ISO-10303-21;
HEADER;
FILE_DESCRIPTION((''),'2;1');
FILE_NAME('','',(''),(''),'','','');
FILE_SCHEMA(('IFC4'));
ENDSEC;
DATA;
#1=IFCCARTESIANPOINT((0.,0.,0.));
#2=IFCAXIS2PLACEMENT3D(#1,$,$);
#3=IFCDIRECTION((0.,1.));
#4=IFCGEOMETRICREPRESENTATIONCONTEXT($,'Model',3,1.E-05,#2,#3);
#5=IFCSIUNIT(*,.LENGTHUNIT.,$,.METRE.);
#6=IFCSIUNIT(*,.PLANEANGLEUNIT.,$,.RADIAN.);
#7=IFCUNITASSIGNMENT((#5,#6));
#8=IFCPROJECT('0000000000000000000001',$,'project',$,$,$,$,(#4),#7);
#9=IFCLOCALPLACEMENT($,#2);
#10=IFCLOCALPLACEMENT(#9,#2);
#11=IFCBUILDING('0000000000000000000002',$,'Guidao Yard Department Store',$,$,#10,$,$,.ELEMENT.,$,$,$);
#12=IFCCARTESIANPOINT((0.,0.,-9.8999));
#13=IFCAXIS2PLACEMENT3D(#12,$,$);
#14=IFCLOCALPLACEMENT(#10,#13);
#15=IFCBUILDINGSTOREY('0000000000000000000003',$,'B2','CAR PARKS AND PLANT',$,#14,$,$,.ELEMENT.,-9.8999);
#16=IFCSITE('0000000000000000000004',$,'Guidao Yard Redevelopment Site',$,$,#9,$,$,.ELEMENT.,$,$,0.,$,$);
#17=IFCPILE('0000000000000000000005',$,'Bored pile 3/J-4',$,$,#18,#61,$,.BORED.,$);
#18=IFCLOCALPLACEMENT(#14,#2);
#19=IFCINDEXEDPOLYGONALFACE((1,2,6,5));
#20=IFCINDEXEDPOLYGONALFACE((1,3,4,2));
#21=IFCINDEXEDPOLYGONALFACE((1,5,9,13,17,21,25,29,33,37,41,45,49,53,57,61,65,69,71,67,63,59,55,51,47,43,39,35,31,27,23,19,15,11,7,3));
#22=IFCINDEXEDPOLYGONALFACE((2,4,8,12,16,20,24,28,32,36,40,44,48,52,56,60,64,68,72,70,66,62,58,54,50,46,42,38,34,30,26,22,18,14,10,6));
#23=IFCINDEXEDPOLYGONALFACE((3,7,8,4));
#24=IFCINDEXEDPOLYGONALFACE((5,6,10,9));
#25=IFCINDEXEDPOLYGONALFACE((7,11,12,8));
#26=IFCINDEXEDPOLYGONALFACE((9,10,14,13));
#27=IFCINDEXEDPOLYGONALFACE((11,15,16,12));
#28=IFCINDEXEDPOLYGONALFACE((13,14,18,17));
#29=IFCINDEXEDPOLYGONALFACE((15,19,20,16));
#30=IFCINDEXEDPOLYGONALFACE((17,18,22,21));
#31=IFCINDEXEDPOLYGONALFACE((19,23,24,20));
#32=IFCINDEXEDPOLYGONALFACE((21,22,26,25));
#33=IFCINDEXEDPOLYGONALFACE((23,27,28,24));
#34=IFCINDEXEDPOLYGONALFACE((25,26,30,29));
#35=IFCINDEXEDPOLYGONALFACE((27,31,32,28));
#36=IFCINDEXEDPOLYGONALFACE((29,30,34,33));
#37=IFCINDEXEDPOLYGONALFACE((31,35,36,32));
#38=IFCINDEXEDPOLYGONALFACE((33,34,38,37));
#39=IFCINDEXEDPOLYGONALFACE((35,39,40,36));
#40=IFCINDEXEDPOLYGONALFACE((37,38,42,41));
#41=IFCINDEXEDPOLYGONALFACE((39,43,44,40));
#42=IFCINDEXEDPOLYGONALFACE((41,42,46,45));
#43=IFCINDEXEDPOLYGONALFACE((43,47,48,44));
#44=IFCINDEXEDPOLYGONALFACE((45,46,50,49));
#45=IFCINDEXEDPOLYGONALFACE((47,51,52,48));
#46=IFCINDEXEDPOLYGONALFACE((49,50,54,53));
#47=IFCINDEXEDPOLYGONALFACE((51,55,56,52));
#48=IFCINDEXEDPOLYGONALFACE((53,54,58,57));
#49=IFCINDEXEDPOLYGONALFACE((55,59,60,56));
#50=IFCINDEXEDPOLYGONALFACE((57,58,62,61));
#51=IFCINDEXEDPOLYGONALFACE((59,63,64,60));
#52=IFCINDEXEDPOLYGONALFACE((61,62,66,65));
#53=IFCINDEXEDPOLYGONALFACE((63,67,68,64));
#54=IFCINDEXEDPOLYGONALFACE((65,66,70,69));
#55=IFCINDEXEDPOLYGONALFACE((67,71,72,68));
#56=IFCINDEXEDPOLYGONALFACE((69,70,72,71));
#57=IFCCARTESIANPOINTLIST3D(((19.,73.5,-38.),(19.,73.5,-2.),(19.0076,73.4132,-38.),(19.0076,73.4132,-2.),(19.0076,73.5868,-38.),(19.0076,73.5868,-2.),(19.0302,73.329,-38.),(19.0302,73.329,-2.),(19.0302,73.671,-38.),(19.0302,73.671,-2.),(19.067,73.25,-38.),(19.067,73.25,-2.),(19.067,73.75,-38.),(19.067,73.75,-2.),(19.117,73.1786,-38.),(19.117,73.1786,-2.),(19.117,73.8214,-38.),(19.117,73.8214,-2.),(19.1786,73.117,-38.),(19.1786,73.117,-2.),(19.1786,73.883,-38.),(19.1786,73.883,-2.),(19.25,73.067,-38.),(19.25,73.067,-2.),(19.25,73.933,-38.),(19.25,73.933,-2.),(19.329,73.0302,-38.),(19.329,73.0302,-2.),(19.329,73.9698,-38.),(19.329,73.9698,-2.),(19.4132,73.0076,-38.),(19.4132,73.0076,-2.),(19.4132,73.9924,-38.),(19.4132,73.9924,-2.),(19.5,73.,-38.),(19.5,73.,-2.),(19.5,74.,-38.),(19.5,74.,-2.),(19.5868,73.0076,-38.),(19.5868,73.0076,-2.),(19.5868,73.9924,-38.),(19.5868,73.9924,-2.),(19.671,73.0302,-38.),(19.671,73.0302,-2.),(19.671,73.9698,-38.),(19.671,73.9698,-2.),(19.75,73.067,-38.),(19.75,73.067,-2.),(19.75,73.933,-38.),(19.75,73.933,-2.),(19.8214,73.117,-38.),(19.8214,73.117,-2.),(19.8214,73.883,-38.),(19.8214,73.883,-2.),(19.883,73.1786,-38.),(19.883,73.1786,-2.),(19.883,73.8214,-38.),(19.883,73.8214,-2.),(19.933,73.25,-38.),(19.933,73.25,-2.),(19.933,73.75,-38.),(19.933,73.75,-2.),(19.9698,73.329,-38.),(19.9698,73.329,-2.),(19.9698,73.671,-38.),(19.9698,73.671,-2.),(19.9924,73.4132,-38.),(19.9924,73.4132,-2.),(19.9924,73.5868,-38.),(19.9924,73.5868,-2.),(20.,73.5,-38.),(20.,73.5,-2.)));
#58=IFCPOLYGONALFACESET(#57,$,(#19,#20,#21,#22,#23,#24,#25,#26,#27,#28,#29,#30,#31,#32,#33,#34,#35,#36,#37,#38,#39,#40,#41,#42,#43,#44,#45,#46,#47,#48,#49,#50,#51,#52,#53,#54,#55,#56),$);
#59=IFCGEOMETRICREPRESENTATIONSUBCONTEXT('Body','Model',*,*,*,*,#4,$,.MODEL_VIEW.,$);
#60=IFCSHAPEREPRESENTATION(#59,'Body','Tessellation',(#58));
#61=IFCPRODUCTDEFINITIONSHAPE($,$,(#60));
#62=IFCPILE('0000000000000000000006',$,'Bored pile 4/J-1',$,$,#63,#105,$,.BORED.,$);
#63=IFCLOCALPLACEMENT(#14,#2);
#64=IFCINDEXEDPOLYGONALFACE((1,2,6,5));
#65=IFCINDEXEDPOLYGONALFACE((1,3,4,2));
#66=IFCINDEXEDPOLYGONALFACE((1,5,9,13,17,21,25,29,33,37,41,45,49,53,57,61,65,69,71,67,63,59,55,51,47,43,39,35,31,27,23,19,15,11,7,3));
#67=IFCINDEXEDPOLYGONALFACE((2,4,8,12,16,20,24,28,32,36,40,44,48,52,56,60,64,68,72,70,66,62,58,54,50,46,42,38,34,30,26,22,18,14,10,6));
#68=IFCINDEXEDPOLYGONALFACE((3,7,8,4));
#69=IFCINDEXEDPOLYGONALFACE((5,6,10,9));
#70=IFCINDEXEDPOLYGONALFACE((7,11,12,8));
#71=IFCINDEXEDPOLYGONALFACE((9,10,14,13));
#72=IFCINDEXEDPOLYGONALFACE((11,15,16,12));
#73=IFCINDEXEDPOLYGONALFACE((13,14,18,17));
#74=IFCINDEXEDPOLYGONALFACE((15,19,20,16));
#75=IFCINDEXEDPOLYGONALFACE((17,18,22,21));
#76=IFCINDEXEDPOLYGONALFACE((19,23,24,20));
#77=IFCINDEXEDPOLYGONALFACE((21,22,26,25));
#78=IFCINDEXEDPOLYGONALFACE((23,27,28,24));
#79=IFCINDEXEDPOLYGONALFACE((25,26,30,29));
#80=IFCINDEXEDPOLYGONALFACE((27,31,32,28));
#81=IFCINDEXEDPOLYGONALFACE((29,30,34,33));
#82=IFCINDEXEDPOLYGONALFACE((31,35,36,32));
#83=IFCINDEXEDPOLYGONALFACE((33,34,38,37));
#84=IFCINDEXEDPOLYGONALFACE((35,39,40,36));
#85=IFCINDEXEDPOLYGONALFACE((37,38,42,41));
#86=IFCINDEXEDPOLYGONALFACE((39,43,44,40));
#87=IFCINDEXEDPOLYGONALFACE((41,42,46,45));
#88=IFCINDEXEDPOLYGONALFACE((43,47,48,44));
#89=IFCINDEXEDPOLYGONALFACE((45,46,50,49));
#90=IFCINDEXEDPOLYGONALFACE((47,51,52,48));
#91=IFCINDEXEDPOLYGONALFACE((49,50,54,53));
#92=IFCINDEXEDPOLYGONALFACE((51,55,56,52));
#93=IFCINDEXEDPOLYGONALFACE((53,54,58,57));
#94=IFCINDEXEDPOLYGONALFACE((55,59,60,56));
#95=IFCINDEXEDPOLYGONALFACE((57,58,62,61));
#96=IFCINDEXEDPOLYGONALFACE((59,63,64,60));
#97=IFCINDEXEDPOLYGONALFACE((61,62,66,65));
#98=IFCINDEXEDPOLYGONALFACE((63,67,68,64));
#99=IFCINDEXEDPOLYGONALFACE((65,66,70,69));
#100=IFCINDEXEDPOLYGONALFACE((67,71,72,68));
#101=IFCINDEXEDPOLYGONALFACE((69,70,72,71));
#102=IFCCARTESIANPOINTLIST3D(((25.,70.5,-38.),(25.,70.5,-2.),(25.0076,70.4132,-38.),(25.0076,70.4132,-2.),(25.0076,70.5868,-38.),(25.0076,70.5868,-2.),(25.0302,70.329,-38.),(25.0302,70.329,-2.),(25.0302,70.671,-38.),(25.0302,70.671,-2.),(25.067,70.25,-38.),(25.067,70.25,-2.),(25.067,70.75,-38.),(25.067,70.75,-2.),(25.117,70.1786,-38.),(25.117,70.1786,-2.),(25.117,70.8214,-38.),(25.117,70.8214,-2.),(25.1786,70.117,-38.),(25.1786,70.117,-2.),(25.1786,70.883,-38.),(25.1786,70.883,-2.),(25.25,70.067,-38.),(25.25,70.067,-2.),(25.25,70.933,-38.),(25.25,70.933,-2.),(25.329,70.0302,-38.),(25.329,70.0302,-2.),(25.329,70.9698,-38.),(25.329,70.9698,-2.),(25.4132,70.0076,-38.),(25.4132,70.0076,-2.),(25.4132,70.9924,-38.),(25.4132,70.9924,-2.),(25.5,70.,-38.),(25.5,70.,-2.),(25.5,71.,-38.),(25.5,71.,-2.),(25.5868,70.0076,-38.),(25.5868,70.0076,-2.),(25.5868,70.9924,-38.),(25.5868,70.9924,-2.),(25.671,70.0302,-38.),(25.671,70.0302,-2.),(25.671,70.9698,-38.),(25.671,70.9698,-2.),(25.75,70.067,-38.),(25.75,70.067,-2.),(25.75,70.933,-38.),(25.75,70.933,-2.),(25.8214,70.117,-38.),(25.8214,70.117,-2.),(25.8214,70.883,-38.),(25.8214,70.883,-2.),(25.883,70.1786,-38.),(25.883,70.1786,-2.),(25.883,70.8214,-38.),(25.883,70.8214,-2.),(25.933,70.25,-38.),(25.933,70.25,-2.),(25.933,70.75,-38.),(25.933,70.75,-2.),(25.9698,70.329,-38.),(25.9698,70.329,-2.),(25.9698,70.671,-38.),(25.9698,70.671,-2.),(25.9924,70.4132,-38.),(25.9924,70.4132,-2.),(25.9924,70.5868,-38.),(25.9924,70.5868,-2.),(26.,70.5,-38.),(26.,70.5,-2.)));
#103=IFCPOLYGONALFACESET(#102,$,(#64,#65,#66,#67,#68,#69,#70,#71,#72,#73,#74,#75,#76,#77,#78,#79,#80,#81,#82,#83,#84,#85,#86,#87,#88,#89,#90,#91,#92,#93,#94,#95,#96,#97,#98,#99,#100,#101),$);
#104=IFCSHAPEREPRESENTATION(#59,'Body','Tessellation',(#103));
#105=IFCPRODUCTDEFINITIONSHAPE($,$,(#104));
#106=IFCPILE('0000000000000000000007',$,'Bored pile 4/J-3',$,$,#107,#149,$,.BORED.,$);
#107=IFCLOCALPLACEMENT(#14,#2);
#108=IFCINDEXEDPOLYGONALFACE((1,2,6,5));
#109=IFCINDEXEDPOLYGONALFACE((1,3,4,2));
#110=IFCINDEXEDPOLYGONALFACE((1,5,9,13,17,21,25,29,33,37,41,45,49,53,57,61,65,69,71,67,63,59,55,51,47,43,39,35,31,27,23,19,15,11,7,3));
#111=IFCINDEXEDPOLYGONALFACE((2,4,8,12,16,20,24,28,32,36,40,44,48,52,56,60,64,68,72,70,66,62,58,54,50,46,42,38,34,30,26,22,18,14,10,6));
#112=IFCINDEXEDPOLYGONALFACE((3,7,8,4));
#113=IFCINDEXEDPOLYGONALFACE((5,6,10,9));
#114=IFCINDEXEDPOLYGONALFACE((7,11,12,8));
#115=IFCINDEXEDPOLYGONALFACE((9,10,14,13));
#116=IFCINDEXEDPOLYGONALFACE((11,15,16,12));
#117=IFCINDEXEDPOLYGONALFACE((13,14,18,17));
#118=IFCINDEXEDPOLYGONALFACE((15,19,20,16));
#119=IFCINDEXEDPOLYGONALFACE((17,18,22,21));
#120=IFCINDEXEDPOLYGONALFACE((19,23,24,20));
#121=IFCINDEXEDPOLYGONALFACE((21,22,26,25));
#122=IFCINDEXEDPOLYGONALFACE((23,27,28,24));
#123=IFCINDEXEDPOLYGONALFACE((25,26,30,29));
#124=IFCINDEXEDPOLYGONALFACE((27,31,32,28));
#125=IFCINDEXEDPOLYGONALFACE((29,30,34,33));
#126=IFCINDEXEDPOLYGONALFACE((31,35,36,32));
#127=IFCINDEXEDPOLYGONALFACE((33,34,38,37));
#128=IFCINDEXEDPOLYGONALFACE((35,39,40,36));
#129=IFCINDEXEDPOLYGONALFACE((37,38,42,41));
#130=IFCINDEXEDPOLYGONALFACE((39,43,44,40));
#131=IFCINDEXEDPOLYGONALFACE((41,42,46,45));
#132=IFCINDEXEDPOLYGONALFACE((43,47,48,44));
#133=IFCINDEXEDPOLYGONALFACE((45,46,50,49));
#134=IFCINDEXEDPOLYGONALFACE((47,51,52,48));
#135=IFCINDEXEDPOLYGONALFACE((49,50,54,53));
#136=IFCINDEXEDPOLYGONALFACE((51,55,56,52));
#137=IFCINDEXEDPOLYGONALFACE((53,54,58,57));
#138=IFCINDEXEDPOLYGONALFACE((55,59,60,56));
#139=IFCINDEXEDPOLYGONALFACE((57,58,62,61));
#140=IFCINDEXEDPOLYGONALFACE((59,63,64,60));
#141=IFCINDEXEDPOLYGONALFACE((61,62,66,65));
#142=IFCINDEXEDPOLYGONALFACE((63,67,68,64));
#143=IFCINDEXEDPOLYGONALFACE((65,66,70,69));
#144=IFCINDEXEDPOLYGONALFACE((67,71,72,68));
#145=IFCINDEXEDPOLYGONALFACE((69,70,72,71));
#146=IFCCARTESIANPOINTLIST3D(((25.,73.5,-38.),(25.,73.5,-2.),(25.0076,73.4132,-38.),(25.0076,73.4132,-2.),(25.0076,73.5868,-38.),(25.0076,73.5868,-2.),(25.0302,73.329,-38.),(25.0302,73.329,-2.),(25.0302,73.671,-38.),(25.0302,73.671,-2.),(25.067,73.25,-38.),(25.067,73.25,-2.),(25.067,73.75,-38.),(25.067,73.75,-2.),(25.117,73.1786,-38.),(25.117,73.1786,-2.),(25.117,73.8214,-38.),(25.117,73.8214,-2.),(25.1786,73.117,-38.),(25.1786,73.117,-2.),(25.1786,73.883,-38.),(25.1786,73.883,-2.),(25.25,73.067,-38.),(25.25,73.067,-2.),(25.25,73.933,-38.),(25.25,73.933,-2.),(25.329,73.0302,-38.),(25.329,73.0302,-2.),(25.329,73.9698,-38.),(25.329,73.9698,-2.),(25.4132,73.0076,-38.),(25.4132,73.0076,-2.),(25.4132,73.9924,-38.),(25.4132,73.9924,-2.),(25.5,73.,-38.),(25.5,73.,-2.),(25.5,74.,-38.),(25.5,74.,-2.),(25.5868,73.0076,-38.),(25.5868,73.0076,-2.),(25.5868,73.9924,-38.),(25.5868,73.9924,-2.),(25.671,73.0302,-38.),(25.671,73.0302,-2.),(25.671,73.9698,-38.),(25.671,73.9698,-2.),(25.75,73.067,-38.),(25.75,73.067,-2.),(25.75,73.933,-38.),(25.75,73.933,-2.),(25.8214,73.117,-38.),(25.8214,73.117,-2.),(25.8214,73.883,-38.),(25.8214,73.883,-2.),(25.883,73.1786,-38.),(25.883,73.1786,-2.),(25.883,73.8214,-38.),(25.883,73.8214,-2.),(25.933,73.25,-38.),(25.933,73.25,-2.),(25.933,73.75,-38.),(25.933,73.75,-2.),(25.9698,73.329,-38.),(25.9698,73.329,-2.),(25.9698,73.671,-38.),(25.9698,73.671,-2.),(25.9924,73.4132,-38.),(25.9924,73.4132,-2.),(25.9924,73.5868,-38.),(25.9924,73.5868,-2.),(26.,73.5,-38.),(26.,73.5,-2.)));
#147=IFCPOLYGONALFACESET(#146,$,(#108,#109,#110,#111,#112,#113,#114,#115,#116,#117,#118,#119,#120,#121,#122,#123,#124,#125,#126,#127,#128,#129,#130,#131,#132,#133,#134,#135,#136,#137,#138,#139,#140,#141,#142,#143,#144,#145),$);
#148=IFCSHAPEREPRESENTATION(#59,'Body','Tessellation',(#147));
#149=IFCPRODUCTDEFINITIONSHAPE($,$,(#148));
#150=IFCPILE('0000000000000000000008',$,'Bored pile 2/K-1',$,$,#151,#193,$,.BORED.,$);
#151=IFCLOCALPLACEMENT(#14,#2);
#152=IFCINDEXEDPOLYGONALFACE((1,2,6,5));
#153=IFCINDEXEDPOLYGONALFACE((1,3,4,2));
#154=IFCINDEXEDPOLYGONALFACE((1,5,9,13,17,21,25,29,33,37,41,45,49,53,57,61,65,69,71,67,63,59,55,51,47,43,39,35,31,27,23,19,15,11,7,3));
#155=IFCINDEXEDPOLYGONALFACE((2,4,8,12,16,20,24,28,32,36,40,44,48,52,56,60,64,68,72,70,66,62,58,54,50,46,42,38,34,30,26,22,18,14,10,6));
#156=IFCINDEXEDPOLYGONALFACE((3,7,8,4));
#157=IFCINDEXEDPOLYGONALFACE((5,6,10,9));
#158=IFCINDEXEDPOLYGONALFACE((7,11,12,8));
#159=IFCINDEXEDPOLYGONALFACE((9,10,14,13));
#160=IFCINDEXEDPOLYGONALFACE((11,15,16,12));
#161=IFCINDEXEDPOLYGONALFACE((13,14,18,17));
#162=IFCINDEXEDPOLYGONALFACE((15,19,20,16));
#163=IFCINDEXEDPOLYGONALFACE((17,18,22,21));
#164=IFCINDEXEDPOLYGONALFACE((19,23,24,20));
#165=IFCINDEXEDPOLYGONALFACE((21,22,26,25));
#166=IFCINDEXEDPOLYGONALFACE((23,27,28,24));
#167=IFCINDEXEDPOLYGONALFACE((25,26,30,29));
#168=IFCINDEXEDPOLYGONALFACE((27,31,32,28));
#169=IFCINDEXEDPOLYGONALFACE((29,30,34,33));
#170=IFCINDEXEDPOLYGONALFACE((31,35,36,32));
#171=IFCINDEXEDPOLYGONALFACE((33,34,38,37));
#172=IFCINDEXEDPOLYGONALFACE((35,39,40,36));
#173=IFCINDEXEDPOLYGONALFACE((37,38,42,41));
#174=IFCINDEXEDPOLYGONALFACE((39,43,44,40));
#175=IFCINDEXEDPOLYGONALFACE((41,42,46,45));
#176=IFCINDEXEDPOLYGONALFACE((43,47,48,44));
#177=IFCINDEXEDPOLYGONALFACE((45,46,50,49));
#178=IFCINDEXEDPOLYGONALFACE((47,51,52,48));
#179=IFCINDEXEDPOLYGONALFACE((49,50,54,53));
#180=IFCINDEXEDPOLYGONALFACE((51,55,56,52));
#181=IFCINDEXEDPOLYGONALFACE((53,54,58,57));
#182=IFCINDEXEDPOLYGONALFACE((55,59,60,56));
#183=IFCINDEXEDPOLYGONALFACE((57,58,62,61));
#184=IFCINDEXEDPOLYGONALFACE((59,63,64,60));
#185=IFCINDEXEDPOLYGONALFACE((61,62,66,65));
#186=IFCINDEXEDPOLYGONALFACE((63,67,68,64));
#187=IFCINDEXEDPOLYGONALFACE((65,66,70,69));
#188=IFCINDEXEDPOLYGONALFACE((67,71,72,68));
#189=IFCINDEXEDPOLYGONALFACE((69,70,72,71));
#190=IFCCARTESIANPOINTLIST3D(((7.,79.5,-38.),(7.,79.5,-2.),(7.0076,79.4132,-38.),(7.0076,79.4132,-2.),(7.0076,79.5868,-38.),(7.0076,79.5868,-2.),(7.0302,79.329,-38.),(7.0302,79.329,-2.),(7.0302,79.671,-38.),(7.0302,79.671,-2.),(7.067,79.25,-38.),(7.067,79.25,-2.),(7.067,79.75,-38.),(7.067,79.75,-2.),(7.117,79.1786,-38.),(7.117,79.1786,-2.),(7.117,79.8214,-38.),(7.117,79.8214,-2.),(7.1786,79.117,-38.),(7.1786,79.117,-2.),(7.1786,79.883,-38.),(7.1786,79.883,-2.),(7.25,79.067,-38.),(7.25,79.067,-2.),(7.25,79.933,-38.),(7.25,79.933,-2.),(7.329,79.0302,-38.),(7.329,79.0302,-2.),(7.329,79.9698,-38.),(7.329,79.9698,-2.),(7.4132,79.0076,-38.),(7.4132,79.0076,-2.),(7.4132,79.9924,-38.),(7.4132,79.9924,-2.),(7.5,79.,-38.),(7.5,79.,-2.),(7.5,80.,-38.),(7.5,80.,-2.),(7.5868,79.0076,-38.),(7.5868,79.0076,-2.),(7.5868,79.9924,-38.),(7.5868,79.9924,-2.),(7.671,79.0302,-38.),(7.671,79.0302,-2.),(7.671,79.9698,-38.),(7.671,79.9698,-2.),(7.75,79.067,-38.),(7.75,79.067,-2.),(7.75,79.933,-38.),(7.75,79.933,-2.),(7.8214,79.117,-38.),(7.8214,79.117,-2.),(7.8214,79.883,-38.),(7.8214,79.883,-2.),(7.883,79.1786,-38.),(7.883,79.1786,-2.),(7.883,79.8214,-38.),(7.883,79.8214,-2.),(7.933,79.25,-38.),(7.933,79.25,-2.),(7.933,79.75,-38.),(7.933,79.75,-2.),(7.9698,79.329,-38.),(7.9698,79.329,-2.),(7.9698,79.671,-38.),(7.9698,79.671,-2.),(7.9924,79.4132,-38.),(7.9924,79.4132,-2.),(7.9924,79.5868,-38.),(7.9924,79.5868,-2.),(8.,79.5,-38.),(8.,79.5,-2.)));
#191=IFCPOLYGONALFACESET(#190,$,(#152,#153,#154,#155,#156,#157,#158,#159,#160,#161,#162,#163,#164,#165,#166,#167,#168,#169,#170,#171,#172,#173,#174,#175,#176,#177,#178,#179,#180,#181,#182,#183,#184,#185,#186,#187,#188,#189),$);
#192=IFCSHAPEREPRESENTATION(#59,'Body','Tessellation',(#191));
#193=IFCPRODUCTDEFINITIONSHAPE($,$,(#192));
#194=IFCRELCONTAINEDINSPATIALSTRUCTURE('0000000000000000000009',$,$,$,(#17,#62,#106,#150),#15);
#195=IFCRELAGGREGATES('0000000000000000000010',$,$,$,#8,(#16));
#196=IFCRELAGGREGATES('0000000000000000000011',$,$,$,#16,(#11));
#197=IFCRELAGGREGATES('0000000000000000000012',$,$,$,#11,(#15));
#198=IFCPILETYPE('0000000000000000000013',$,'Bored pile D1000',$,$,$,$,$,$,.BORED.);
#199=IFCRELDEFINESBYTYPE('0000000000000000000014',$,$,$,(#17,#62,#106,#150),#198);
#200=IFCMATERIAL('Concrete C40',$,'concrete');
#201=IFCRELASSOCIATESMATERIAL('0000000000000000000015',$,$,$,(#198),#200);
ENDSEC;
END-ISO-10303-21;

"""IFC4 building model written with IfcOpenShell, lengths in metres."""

from ifc_helpers import new_model, si_unit, direction, frame, origin, origin_2d, place, context, subcontext, project, spatial, circle, extrude, material, material_profile, profile_set, type_object, element, save


model = new_model("IFC4")

# Units and contexts
model_context = context("Model", 3, precision=1e-05, world=origin(), true_north=direction((0.0, 1.0)))
body_context = subcontext(model_context, "Body", "Model", "MODEL_VIEW")
ifc_project = project(units=[si_unit("LENGTHUNIT", "METRE"), si_unit("PLANEANGLEUNIT", "RADIAN")], contexts=[model_context])

# Site, building, storey
site_placement = place(None, origin())
site = spatial("IfcSite", under=ifc_project, at=site_placement, Name="Guidao Yard Redevelopment Site", CompositionType="ELEMENT", RefElevation=0.0)
building_placement = place(site_placement, origin())
building = spatial("IfcBuilding", under=site, at=building_placement, Name="Guidao Yard Department Store", CompositionType="ELEMENT")
storey_placement = place(building_placement, frame((0.0, 0.0, -9.8999)))
storey = spatial("IfcBuildingStorey", under=building, at=storey_placement, Name="B2", Description="CAR PARKS AND PLANT", CompositionType="ELEMENT", Elevation=-9.8999)

# Piles
ifc_material_1 = material(Name="Concrete C40", Category="concrete")
ifc_material_profile_1 = material_profile(ifc_material_1, circle(Radius=0.5, at=origin_2d()), Name="Bored pile D1000")
ifc_profile_set_1 = profile_set([ifc_material_profile_1], Name="Concrete C40")
pile_type = type_object("IfcPileType", Name="Bored pile D1000", PredefinedType="BORED", material=ifc_profile_set_1)
for number, where, z_axis, x_axis, name in (
    (1, (19.5, 73.5, -2.0), (0.0, 0.0, -1.0), (1.0, 0.0, 0.0), "Bored pile 3/J-4"),
    (2, (25.5, 70.5, -2.0), (0.0, 0.0, -1.0), (1.0, 0.0, 0.0), "Bored pile 4/J-1"),
    (3, (25.5, 73.5, -2.0), (0.0, 0.0, -1.0), (1.0, 0.0, 0.0), "Bored pile 4/J-3"),
    (4, (7.5, 79.5, -2.0), (0.0, 0.0, -1.0), (1.0, 0.0, 0.0), "Bored pile 2/K-1"),
):
    element("IfcPile", number, at=place(storey_placement, frame(where, z_axis=z_axis, x_axis=x_axis)), inside=storey, type_object=pile_type, Name=name, PredefinedType="BORED", context=body_context, shape_type="SweptSolid", body=[
        extrude(circle(Radius=0.5, at=origin_2d()), origin(), (0.0, 0.0, 1.0), 36.0),
    ])

save(model, "model.ifc")
